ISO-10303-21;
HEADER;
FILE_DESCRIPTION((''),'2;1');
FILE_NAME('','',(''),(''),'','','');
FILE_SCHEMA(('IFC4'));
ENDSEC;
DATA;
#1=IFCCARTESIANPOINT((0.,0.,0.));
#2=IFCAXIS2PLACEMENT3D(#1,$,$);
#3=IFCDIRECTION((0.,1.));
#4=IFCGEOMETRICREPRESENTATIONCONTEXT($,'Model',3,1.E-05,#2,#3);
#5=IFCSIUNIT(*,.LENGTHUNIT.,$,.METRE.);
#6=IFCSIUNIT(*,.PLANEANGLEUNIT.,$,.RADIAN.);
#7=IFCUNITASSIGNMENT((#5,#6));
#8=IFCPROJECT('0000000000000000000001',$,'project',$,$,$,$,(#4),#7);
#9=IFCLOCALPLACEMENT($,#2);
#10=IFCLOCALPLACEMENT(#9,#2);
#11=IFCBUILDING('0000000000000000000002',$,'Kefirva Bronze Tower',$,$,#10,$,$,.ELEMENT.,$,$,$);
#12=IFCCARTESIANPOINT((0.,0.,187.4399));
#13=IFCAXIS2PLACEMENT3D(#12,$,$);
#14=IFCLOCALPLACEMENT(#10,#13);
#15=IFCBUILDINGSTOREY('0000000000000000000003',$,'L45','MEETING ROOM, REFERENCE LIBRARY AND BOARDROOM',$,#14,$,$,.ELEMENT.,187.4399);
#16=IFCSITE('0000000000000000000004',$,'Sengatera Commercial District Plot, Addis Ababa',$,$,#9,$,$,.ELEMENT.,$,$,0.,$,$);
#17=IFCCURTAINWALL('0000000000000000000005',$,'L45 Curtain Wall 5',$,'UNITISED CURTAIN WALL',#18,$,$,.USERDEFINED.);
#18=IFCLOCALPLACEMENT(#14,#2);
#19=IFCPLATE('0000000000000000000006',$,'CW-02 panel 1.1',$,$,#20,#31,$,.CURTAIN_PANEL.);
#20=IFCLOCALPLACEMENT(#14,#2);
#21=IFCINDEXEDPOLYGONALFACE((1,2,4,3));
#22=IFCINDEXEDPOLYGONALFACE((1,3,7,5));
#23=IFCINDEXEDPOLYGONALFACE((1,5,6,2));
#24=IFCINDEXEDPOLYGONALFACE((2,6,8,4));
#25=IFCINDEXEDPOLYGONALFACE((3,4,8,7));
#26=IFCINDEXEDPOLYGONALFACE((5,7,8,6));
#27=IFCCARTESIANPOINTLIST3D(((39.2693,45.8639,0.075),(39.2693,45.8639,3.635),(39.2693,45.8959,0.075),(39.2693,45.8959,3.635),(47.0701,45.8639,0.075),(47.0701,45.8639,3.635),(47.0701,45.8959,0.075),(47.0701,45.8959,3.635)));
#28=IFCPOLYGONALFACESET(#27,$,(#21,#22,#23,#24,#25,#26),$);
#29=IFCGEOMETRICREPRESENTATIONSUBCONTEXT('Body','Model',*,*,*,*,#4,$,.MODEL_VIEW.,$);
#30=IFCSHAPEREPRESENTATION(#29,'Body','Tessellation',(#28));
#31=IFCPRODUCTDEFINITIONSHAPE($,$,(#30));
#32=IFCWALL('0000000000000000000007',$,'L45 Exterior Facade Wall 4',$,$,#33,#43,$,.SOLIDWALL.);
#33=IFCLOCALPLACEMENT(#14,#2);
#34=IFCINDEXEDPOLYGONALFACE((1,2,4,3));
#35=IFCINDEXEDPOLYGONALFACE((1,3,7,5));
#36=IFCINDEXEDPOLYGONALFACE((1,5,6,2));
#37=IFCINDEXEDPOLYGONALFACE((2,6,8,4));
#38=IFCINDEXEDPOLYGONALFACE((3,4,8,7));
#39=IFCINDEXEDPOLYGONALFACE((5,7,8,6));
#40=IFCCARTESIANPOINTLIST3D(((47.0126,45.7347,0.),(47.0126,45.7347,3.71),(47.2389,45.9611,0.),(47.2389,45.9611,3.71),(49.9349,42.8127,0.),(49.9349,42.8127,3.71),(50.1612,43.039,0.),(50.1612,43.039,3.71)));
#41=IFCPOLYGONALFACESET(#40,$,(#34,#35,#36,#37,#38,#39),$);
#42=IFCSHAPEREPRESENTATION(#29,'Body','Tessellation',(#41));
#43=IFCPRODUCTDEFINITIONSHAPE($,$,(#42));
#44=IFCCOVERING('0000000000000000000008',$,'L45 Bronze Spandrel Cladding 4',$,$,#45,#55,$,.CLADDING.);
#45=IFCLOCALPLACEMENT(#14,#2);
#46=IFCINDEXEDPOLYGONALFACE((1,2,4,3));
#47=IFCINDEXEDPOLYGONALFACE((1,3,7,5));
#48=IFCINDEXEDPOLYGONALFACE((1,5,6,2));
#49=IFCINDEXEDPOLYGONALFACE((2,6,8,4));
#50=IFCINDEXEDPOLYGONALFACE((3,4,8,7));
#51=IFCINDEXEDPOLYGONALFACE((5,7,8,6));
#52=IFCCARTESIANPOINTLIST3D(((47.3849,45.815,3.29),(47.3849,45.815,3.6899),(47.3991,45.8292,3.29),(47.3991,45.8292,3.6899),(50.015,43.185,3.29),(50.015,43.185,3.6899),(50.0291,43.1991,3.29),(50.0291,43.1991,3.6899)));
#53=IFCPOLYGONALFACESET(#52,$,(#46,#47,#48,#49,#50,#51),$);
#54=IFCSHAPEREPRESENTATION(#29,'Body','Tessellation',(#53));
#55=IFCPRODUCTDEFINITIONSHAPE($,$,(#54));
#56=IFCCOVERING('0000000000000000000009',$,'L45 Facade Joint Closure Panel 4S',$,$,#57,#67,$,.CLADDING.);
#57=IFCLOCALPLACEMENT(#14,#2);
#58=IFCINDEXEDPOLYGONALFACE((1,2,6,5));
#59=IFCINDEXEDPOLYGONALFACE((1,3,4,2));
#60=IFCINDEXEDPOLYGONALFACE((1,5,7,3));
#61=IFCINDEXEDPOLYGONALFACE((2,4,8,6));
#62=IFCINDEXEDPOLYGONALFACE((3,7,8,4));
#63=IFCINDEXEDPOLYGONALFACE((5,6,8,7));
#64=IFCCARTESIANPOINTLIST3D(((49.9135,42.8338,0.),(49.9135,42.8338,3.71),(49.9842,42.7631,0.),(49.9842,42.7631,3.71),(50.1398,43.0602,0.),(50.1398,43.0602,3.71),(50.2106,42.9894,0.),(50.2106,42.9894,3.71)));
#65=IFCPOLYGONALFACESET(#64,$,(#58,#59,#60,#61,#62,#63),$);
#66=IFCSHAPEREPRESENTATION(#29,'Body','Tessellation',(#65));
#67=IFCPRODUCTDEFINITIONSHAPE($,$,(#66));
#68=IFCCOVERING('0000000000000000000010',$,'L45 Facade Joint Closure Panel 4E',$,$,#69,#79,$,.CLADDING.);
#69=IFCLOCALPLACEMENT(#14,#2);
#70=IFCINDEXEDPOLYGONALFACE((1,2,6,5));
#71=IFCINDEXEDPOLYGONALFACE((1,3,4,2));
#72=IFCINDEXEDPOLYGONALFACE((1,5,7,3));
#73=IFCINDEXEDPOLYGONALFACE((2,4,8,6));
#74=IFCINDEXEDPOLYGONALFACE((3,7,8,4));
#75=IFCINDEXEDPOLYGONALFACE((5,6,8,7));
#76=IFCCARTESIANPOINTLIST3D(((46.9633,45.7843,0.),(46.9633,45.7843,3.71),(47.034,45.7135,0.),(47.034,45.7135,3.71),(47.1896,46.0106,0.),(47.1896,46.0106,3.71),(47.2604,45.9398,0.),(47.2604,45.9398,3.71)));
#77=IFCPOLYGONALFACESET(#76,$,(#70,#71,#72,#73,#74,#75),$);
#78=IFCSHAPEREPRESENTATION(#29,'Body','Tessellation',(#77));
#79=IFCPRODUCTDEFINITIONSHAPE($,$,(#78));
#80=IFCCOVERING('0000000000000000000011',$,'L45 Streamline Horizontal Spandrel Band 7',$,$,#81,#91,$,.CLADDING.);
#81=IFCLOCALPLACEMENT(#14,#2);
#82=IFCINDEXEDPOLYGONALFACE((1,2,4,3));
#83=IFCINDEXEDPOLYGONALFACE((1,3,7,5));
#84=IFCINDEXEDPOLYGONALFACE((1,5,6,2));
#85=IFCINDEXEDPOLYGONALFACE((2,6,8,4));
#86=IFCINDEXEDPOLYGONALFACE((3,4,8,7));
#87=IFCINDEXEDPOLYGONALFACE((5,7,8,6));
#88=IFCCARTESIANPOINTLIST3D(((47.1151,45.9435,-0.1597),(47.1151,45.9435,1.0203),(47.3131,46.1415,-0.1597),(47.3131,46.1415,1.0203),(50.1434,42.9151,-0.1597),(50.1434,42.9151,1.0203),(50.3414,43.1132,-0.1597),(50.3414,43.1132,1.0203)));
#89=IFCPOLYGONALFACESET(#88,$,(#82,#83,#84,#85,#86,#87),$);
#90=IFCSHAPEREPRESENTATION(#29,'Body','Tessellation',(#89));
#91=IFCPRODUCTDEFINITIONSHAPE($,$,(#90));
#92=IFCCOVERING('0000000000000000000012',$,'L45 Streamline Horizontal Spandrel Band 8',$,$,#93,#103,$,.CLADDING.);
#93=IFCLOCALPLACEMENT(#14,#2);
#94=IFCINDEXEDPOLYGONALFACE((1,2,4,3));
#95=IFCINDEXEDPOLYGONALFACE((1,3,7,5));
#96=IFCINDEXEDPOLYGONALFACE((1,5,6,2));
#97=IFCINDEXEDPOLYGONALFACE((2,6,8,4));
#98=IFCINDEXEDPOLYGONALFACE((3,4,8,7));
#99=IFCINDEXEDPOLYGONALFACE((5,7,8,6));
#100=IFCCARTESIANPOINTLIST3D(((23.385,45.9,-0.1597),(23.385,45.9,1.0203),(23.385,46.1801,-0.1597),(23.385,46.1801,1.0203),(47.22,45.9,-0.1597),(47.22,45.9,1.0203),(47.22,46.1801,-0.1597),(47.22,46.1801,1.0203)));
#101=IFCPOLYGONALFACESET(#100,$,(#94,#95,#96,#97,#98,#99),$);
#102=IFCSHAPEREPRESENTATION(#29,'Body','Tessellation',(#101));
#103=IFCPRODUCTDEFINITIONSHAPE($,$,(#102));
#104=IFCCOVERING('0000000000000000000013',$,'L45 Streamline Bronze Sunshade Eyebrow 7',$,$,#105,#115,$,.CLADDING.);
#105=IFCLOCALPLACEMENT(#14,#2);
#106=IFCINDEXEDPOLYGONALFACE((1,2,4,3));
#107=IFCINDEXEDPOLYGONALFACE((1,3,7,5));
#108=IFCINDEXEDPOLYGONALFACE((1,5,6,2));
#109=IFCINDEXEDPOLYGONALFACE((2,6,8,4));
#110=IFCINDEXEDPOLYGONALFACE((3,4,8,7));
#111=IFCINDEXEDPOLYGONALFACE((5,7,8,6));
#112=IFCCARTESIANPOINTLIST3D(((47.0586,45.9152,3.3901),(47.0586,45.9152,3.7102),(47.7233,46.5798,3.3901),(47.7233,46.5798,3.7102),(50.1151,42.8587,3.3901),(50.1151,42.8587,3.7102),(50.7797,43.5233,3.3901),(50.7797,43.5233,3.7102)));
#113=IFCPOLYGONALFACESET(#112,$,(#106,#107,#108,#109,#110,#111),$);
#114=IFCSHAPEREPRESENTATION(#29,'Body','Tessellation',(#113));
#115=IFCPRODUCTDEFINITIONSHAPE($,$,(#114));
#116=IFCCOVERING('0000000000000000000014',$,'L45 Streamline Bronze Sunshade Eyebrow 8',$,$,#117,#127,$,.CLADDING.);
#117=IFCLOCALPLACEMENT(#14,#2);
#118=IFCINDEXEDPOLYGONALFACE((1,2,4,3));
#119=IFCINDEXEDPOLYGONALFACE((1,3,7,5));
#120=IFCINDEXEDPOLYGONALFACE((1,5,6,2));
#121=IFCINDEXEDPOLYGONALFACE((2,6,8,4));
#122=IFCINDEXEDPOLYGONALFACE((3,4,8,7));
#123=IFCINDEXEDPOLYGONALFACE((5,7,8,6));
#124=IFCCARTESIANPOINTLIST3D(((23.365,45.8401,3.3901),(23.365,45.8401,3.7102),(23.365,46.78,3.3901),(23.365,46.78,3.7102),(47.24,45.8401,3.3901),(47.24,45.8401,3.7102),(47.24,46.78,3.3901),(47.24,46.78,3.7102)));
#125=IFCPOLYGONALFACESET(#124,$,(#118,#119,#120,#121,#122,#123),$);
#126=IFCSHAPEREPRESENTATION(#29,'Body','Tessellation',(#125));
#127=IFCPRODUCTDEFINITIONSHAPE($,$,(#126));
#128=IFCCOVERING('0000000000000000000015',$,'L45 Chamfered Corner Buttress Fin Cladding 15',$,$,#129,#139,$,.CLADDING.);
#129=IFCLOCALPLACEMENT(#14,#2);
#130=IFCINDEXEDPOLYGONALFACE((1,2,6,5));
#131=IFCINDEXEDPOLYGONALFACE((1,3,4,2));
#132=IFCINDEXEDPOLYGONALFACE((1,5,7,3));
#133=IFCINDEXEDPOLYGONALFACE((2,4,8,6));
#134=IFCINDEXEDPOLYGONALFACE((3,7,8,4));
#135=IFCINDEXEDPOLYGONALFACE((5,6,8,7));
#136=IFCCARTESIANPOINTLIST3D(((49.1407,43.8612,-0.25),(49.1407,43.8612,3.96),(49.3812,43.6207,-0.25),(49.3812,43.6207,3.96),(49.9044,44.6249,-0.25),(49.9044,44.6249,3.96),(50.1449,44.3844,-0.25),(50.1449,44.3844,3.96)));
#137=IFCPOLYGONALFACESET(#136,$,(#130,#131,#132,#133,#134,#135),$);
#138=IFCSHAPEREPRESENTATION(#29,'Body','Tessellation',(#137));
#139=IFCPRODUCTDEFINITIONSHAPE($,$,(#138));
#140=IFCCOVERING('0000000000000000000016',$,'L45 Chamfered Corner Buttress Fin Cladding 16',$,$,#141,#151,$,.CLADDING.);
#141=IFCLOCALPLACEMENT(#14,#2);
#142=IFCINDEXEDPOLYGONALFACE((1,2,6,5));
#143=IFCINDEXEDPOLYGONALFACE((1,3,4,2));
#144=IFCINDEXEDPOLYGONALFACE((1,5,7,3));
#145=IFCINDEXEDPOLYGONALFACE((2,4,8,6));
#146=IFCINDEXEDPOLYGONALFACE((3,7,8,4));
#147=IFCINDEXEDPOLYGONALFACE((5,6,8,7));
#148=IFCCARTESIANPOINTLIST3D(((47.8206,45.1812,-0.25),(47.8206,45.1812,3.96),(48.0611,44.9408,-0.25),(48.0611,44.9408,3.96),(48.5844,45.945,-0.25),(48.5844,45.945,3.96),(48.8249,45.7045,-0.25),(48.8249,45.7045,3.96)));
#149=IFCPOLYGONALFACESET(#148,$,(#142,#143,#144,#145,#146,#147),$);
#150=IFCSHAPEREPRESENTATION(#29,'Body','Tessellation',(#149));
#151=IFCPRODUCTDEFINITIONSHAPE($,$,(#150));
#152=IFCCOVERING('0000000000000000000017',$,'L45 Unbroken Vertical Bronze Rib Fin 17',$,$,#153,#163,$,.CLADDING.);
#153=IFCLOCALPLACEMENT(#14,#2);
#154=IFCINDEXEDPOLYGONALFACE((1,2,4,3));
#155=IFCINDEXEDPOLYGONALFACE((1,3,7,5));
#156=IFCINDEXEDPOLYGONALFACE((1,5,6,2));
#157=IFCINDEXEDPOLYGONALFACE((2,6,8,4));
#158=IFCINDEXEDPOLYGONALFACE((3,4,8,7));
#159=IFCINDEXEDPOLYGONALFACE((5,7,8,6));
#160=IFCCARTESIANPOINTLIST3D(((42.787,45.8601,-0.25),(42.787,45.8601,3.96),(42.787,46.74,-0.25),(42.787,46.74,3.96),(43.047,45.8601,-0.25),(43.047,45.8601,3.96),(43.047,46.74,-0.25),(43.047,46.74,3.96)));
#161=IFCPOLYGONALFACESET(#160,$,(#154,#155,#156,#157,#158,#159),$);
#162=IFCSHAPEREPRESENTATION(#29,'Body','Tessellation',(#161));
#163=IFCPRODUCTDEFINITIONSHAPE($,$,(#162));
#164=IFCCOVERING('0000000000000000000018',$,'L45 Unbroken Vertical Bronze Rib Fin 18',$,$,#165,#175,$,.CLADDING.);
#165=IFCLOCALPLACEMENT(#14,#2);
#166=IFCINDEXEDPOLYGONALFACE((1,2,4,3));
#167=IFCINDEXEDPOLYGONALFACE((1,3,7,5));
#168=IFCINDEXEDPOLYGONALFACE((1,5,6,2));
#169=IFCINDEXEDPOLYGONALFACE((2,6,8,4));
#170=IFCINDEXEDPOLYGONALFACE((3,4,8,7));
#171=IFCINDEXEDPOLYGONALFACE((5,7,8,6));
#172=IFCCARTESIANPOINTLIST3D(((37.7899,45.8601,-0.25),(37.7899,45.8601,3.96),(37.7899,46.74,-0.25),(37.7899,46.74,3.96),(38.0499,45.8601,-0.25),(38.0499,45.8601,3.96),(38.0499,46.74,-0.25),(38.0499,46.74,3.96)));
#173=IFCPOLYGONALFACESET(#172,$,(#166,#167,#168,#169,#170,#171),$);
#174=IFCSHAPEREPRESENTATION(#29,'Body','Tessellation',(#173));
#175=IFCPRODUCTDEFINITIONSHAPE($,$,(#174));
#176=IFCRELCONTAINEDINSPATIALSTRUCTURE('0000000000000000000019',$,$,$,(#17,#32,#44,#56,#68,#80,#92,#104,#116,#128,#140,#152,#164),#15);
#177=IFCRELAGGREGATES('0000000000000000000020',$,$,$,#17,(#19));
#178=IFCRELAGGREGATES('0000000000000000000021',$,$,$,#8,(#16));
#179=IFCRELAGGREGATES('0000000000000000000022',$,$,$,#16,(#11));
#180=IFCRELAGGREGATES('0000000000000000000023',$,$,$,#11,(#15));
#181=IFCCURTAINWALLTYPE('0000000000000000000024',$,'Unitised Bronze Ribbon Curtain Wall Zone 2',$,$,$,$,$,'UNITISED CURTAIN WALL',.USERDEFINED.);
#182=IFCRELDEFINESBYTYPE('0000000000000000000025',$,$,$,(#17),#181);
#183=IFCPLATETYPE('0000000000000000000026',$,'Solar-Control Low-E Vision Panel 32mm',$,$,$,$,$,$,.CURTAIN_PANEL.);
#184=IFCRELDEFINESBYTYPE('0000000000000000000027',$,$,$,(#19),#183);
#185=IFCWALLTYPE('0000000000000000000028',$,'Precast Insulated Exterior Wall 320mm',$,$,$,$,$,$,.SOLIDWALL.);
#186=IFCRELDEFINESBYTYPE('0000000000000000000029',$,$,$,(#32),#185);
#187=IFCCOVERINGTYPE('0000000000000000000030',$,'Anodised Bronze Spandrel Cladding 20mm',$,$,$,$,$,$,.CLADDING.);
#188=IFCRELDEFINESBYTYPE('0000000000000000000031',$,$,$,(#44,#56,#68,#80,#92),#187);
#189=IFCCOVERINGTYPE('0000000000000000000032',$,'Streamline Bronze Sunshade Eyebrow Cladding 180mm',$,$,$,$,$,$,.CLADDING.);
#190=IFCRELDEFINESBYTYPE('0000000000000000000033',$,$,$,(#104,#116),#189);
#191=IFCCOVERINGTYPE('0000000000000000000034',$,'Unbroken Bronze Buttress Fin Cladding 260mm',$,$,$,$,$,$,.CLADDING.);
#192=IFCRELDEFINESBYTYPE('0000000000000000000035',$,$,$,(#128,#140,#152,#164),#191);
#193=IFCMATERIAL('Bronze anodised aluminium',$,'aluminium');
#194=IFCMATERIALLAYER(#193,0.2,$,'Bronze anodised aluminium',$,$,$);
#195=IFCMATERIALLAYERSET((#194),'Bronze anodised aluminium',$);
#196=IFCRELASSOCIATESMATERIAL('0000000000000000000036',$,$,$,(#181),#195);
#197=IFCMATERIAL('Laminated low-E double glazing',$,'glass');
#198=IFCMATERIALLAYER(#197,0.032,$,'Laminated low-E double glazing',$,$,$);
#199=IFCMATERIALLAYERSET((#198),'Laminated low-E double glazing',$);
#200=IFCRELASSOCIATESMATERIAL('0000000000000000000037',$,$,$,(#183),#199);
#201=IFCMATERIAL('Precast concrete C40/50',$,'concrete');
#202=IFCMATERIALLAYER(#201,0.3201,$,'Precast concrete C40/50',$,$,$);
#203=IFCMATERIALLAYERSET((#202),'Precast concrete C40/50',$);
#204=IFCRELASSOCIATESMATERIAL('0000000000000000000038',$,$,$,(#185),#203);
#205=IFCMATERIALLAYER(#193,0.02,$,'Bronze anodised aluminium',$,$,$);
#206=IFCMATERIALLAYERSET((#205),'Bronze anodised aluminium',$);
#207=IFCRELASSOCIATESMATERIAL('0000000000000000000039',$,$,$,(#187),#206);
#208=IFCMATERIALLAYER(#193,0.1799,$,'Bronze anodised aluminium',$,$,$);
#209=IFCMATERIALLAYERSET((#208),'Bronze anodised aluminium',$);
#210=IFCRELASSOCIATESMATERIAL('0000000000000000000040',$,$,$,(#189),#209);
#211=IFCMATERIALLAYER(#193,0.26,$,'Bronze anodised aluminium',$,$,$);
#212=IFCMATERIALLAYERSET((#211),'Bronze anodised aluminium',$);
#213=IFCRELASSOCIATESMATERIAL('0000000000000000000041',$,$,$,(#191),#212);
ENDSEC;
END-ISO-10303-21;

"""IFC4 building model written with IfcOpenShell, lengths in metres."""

from ifc_helpers import new_model, si_unit, direction, frame, frame_2d, origin, origin_2d, place, context, subcontext, project, spatial, rectangle, extrude, material, layer, layer_set, type_object, element, aggregate, save


model = new_model("IFC4")

# Units and contexts
model_context = context("Model", 3, precision=1e-05, world=origin(), true_north=direction((0.0, 1.0)))
body_context = subcontext(model_context, "Body", "Model", "MODEL_VIEW")
ifc_project = project(units=[si_unit("LENGTHUNIT", "METRE"), si_unit("PLANEANGLEUNIT", "RADIAN")], contexts=[model_context])

# Site, building, storey
site_placement = place(None, origin())
site = spatial("IfcSite", under=ifc_project, at=site_placement, Name="Sengatera Commercial District Plot, Addis Ababa", CompositionType="ELEMENT", RefElevation=0.0)
building_placement = place(site_placement, origin())
building = spatial("IfcBuilding", under=site, at=building_placement, Name="Kefirva Bronze Tower", CompositionType="ELEMENT")
storey_placement = place(building_placement, frame((0.0, 0.0, 187.4399)))
storey = spatial("IfcBuildingStorey", under=building, at=storey_placement, Name="L45", Description="MEETING ROOM, REFERENCE LIBRARY AND BOARDROOM", CompositionType="ELEMENT", Elevation=187.4399)

# Shared definitions
ifc_material_1 = material(Name="Bronze anodised aluminium", Category="aluminium")
ifc_layer_1 = layer(ifc_material_1, 0.2, Name="Bronze anodised aluminium")
ifc_layer_set_1 = layer_set([ifc_layer_1], Name="Bronze anodised aluminium")
curtain_wall_type = type_object("IfcCurtainWallType", Name="Unitised Bronze Ribbon Curtain Wall Zone 2", ElementType="UNITISED CURTAIN WALL", PredefinedType="USERDEFINED", material=ifc_layer_set_1)

# Curtain wall
curtain_wall_1_placement = place(storey_placement, origin())
curtain_wall_1 = element("IfcCurtainWall", 1, at=curtain_wall_1_placement, inside=storey, type_object=curtain_wall_type, Name="L45 Curtain Wall 5", ObjectType="UNITISED CURTAIN WALL", PredefinedType="USERDEFINED")

# Plate
ifc_material_2 = material(Name="Laminated low-E double glazing", Category="glass")
ifc_layer_2 = layer(ifc_material_2, 0.032, Name="Laminated low-E double glazing")
ifc_layer_set_2 = layer_set([ifc_layer_2], Name="Laminated low-E double glazing")
plate_type = type_object("IfcPlateType", Name="Solar-Control Low-E Vision Panel 32mm", PredefinedType="CURTAIN_PANEL", material=ifc_layer_set_2)
plate_placement = place(storey_placement, frame((43.1697, 45.8799, 0.075), z_axis=(0.0, 0.0, 1.0), x_axis=(-1.0, 0.0, 0.0)))
plate = element("IfcPlate", 2, at=plate_placement, type_object=plate_type, Name="CW-02 panel 1.1", PredefinedType="CURTAIN_PANEL", context=body_context, shape_type="SweptSolid", body=[
    extrude(rectangle(XDim=7.8008, YDim=0.032, at=origin_2d()), origin(), (0.0, 0.0, 1.0), 3.5601),
])
aggregate(curtain_wall_1, [plate])

# Wall
ifc_material_3 = material(Name="Precast concrete C40/50", Category="concrete")
ifc_layer_3 = layer(ifc_material_3, 0.3201, Name="Precast concrete C40/50")
ifc_layer_set_3 = layer_set([ifc_layer_3], Name="Precast concrete C40/50")
wall_type = type_object("IfcWallType", Name="Precast Insulated Exterior Wall 320mm", PredefinedType="SOLIDWALL", material=ifc_layer_set_3)
wall_placement = place(storey_placement, frame((50.0481, 42.9258, 0.0), z_axis=(0.0, 0.0, 1.0), x_axis=(-0.707136, 0.707077, 0.0)))
element("IfcWall", 3, at=wall_placement, inside=storey, type_object=wall_type, Name="L45 Exterior Facade Wall 4", PredefinedType="SOLIDWALL", context=body_context, shape_type="SweptSolid", body=[
    extrude(rectangle(XDim=4.1326, YDim=0.3201, at=frame_2d((2.0664, 0.0))), origin(), (0.0, 0.0, 1.0), 3.71),
])

# Coverings
ifc_layer_4 = layer(ifc_material_1, 0.02, Name="Bronze anodised aluminium")
ifc_layer_set_4 = layer_set([ifc_layer_4], Name="Bronze anodised aluminium")
covering_type_1 = type_object("IfcCoveringType", Name="Anodised Bronze Spandrel Cladding 20mm", PredefinedType="CLADDING", material=ifc_layer_set_4)
covering_1_placement = place(storey_placement, frame((48.707, 44.5071, 3.29), z_axis=(0.0, 0.0, 1.0), x_axis=(-0.707107, 0.707107, 0.0)))
element("IfcCovering", 4, at=covering_1_placement, inside=storey, type_object=covering_type_1, Name="L45 Bronze Spandrel Cladding 4", PredefinedType="CLADDING", context=body_context, shape_type="SweptSolid", body=[
    extrude(rectangle(XDim=3.7195, YDim=0.02, at=origin_2d()), origin(), (0.0, 0.0, 1.0), 0.3999),
])
for number, where, z_axis, x_axis, name in (
    (5, (50.062, 42.9116, 0.0), (0.0, 0.0, 1.0), (-0.707107, 0.707107, 0.0), "L45 Facade Joint Closure Panel 4S"),
    (6, (47.1118, 45.8621, 0.0), (0.0, 0.0, 1.0), (-0.707107, 0.707107, 0.0), "L45 Facade Joint Closure Panel 4E"),
):
    element("IfcCovering", number, at=place(storey_placement, frame(where, z_axis=z_axis, x_axis=x_axis)), inside=storey, type_object=covering_type_1, Name=name, PredefinedType="CLADDING", context=body_context, shape_type="SweptSolid", body=[
        extrude(rectangle(XDim=0.1001, YDim=0.3201, at=origin_2d()), origin(), (0.0, 0.0, 1.0), 3.71),
    ])
covering_2_placement = place(storey_placement, frame((48.7283, 44.5283, -0.1597), z_axis=(0.0, 0.0, 1.0), x_axis=(-0.707107, 0.707107, 0.0)))
element("IfcCovering", 7, at=covering_2_placement, inside=storey, type_object=covering_type_1, Name="L45 Streamline Horizontal Spandrel Band 7", PredefinedType="CLADDING", context=body_context, shape_type="SweptSolid", body=[
    extrude(rectangle(XDim=4.2827, YDim=0.28, at=origin_2d()), origin(), (0.0, 0.0, 1.0), 1.1799),
])
covering_3_placement = place(storey_placement, frame((35.3025, 46.04, -0.1597), z_axis=(0.0, 0.0, 1.0), x_axis=(-1.0, 0.0, 0.0)))
element("IfcCovering", 8, at=covering_3_placement, inside=storey, type_object=covering_type_1, Name="L45 Streamline Horizontal Spandrel Band 8", PredefinedType="CLADDING", context=body_context, shape_type="SweptSolid", body=[
    extrude(rectangle(XDim=23.835, YDim=0.28, at=origin_2d()), origin(), (0.0, 0.0, 1.0), 1.1799),
])
ifc_layer_5 = layer(ifc_material_1, 0.1799, Name="Bronze anodised aluminium")
ifc_layer_set_5 = layer_set([ifc_layer_5], Name="Bronze anodised aluminium")
covering_type_2 = type_object("IfcCoveringType", Name="Streamline Bronze Sunshade Eyebrow Cladding 180mm", PredefinedType="CLADDING", material=ifc_layer_set_5)
covering_4_placement = place(storey_placement, frame((48.9192, 44.7192, 3.3901), z_axis=(0.0, 0.0, 1.0), x_axis=(-0.707107, 0.707107, 0.0)))
element("IfcCovering", 9, at=covering_4_placement, inside=storey, type_object=covering_type_2, Name="L45 Streamline Bronze Sunshade Eyebrow 7", PredefinedType="CLADDING", context=body_context, shape_type="SweptSolid", body=[
    extrude(rectangle(XDim=4.3225, YDim=0.9399, at=origin_2d()), origin(), (0.0, 0.0, 1.0), 0.3201),
])
covering_5_placement = place(storey_placement, frame((35.3025, 46.3101, 3.3901), z_axis=(0.0, 0.0, 1.0), x_axis=(-1.0, 0.0, 0.0)))
element("IfcCovering", 10, at=covering_5_placement, inside=storey, type_object=covering_type_2, Name="L45 Streamline Bronze Sunshade Eyebrow 8", PredefinedType="CLADDING", context=body_context, shape_type="SweptSolid", body=[
    extrude(rectangle(XDim=23.875, YDim=0.9399, at=origin_2d()), origin(), (0.0, 0.0, 1.0), 0.3201),
])
ifc_layer_6 = layer(ifc_material_1, 0.26, Name="Bronze anodised aluminium")
ifc_layer_set_6 = layer_set([ifc_layer_6], Name="Bronze anodised aluminium")
covering_type_3 = type_object("IfcCoveringType", Name="Unbroken Bronze Buttress Fin Cladding 260mm", PredefinedType="CLADDING", material=ifc_layer_set_6)
for number, where, z_axis, x_axis, name in (
    (11, (49.6428, 44.1228, -0.25), (0.0, 0.0, 1.0), (-0.707107, 0.707107, 0.0), "L45 Chamfered Corner Buttress Fin Cladding 15"),
    (12, (48.3228, 45.4429, -0.25), (0.0, 0.0, 1.0), (-0.707107, 0.707107, 0.0), "L45 Chamfered Corner Buttress Fin Cladding 16"),
):
    element("IfcCovering", number, at=place(storey_placement, frame(where, z_axis=z_axis, x_axis=x_axis)), inside=storey, type_object=covering_type_3, Name=name, PredefinedType="CLADDING", context=body_context, shape_type="SweptSolid", body=[
        extrude(rectangle(XDim=0.3401, YDim=1.0801, at=origin_2d()), origin(), (0.0, 0.0, 1.0), 4.21),
    ])
for number, where, z_axis, x_axis, name in (
    (13, (42.917, 46.3, -0.25), (0.0, 0.0, 1.0), (-1.0, 0.0, 0.0), "L45 Unbroken Vertical Bronze Rib Fin 17"),
    (14, (37.9199, 46.3, -0.25), (0.0, 0.0, 1.0), (-1.0, 0.0, 0.0), "L45 Unbroken Vertical Bronze Rib Fin 18"),
):
    element("IfcCovering", number, at=place(storey_placement, frame(where, z_axis=z_axis, x_axis=x_axis)), inside=storey, type_object=covering_type_3, Name=name, PredefinedType="CLADDING", context=body_context, shape_type="SweptSolid", body=[
        extrude(rectangle(XDim=0.26, YDim=0.8799, at=origin_2d()), origin(), (0.0, 0.0, 1.0), 4.21),
    ])

save(model, "model.ifc")
